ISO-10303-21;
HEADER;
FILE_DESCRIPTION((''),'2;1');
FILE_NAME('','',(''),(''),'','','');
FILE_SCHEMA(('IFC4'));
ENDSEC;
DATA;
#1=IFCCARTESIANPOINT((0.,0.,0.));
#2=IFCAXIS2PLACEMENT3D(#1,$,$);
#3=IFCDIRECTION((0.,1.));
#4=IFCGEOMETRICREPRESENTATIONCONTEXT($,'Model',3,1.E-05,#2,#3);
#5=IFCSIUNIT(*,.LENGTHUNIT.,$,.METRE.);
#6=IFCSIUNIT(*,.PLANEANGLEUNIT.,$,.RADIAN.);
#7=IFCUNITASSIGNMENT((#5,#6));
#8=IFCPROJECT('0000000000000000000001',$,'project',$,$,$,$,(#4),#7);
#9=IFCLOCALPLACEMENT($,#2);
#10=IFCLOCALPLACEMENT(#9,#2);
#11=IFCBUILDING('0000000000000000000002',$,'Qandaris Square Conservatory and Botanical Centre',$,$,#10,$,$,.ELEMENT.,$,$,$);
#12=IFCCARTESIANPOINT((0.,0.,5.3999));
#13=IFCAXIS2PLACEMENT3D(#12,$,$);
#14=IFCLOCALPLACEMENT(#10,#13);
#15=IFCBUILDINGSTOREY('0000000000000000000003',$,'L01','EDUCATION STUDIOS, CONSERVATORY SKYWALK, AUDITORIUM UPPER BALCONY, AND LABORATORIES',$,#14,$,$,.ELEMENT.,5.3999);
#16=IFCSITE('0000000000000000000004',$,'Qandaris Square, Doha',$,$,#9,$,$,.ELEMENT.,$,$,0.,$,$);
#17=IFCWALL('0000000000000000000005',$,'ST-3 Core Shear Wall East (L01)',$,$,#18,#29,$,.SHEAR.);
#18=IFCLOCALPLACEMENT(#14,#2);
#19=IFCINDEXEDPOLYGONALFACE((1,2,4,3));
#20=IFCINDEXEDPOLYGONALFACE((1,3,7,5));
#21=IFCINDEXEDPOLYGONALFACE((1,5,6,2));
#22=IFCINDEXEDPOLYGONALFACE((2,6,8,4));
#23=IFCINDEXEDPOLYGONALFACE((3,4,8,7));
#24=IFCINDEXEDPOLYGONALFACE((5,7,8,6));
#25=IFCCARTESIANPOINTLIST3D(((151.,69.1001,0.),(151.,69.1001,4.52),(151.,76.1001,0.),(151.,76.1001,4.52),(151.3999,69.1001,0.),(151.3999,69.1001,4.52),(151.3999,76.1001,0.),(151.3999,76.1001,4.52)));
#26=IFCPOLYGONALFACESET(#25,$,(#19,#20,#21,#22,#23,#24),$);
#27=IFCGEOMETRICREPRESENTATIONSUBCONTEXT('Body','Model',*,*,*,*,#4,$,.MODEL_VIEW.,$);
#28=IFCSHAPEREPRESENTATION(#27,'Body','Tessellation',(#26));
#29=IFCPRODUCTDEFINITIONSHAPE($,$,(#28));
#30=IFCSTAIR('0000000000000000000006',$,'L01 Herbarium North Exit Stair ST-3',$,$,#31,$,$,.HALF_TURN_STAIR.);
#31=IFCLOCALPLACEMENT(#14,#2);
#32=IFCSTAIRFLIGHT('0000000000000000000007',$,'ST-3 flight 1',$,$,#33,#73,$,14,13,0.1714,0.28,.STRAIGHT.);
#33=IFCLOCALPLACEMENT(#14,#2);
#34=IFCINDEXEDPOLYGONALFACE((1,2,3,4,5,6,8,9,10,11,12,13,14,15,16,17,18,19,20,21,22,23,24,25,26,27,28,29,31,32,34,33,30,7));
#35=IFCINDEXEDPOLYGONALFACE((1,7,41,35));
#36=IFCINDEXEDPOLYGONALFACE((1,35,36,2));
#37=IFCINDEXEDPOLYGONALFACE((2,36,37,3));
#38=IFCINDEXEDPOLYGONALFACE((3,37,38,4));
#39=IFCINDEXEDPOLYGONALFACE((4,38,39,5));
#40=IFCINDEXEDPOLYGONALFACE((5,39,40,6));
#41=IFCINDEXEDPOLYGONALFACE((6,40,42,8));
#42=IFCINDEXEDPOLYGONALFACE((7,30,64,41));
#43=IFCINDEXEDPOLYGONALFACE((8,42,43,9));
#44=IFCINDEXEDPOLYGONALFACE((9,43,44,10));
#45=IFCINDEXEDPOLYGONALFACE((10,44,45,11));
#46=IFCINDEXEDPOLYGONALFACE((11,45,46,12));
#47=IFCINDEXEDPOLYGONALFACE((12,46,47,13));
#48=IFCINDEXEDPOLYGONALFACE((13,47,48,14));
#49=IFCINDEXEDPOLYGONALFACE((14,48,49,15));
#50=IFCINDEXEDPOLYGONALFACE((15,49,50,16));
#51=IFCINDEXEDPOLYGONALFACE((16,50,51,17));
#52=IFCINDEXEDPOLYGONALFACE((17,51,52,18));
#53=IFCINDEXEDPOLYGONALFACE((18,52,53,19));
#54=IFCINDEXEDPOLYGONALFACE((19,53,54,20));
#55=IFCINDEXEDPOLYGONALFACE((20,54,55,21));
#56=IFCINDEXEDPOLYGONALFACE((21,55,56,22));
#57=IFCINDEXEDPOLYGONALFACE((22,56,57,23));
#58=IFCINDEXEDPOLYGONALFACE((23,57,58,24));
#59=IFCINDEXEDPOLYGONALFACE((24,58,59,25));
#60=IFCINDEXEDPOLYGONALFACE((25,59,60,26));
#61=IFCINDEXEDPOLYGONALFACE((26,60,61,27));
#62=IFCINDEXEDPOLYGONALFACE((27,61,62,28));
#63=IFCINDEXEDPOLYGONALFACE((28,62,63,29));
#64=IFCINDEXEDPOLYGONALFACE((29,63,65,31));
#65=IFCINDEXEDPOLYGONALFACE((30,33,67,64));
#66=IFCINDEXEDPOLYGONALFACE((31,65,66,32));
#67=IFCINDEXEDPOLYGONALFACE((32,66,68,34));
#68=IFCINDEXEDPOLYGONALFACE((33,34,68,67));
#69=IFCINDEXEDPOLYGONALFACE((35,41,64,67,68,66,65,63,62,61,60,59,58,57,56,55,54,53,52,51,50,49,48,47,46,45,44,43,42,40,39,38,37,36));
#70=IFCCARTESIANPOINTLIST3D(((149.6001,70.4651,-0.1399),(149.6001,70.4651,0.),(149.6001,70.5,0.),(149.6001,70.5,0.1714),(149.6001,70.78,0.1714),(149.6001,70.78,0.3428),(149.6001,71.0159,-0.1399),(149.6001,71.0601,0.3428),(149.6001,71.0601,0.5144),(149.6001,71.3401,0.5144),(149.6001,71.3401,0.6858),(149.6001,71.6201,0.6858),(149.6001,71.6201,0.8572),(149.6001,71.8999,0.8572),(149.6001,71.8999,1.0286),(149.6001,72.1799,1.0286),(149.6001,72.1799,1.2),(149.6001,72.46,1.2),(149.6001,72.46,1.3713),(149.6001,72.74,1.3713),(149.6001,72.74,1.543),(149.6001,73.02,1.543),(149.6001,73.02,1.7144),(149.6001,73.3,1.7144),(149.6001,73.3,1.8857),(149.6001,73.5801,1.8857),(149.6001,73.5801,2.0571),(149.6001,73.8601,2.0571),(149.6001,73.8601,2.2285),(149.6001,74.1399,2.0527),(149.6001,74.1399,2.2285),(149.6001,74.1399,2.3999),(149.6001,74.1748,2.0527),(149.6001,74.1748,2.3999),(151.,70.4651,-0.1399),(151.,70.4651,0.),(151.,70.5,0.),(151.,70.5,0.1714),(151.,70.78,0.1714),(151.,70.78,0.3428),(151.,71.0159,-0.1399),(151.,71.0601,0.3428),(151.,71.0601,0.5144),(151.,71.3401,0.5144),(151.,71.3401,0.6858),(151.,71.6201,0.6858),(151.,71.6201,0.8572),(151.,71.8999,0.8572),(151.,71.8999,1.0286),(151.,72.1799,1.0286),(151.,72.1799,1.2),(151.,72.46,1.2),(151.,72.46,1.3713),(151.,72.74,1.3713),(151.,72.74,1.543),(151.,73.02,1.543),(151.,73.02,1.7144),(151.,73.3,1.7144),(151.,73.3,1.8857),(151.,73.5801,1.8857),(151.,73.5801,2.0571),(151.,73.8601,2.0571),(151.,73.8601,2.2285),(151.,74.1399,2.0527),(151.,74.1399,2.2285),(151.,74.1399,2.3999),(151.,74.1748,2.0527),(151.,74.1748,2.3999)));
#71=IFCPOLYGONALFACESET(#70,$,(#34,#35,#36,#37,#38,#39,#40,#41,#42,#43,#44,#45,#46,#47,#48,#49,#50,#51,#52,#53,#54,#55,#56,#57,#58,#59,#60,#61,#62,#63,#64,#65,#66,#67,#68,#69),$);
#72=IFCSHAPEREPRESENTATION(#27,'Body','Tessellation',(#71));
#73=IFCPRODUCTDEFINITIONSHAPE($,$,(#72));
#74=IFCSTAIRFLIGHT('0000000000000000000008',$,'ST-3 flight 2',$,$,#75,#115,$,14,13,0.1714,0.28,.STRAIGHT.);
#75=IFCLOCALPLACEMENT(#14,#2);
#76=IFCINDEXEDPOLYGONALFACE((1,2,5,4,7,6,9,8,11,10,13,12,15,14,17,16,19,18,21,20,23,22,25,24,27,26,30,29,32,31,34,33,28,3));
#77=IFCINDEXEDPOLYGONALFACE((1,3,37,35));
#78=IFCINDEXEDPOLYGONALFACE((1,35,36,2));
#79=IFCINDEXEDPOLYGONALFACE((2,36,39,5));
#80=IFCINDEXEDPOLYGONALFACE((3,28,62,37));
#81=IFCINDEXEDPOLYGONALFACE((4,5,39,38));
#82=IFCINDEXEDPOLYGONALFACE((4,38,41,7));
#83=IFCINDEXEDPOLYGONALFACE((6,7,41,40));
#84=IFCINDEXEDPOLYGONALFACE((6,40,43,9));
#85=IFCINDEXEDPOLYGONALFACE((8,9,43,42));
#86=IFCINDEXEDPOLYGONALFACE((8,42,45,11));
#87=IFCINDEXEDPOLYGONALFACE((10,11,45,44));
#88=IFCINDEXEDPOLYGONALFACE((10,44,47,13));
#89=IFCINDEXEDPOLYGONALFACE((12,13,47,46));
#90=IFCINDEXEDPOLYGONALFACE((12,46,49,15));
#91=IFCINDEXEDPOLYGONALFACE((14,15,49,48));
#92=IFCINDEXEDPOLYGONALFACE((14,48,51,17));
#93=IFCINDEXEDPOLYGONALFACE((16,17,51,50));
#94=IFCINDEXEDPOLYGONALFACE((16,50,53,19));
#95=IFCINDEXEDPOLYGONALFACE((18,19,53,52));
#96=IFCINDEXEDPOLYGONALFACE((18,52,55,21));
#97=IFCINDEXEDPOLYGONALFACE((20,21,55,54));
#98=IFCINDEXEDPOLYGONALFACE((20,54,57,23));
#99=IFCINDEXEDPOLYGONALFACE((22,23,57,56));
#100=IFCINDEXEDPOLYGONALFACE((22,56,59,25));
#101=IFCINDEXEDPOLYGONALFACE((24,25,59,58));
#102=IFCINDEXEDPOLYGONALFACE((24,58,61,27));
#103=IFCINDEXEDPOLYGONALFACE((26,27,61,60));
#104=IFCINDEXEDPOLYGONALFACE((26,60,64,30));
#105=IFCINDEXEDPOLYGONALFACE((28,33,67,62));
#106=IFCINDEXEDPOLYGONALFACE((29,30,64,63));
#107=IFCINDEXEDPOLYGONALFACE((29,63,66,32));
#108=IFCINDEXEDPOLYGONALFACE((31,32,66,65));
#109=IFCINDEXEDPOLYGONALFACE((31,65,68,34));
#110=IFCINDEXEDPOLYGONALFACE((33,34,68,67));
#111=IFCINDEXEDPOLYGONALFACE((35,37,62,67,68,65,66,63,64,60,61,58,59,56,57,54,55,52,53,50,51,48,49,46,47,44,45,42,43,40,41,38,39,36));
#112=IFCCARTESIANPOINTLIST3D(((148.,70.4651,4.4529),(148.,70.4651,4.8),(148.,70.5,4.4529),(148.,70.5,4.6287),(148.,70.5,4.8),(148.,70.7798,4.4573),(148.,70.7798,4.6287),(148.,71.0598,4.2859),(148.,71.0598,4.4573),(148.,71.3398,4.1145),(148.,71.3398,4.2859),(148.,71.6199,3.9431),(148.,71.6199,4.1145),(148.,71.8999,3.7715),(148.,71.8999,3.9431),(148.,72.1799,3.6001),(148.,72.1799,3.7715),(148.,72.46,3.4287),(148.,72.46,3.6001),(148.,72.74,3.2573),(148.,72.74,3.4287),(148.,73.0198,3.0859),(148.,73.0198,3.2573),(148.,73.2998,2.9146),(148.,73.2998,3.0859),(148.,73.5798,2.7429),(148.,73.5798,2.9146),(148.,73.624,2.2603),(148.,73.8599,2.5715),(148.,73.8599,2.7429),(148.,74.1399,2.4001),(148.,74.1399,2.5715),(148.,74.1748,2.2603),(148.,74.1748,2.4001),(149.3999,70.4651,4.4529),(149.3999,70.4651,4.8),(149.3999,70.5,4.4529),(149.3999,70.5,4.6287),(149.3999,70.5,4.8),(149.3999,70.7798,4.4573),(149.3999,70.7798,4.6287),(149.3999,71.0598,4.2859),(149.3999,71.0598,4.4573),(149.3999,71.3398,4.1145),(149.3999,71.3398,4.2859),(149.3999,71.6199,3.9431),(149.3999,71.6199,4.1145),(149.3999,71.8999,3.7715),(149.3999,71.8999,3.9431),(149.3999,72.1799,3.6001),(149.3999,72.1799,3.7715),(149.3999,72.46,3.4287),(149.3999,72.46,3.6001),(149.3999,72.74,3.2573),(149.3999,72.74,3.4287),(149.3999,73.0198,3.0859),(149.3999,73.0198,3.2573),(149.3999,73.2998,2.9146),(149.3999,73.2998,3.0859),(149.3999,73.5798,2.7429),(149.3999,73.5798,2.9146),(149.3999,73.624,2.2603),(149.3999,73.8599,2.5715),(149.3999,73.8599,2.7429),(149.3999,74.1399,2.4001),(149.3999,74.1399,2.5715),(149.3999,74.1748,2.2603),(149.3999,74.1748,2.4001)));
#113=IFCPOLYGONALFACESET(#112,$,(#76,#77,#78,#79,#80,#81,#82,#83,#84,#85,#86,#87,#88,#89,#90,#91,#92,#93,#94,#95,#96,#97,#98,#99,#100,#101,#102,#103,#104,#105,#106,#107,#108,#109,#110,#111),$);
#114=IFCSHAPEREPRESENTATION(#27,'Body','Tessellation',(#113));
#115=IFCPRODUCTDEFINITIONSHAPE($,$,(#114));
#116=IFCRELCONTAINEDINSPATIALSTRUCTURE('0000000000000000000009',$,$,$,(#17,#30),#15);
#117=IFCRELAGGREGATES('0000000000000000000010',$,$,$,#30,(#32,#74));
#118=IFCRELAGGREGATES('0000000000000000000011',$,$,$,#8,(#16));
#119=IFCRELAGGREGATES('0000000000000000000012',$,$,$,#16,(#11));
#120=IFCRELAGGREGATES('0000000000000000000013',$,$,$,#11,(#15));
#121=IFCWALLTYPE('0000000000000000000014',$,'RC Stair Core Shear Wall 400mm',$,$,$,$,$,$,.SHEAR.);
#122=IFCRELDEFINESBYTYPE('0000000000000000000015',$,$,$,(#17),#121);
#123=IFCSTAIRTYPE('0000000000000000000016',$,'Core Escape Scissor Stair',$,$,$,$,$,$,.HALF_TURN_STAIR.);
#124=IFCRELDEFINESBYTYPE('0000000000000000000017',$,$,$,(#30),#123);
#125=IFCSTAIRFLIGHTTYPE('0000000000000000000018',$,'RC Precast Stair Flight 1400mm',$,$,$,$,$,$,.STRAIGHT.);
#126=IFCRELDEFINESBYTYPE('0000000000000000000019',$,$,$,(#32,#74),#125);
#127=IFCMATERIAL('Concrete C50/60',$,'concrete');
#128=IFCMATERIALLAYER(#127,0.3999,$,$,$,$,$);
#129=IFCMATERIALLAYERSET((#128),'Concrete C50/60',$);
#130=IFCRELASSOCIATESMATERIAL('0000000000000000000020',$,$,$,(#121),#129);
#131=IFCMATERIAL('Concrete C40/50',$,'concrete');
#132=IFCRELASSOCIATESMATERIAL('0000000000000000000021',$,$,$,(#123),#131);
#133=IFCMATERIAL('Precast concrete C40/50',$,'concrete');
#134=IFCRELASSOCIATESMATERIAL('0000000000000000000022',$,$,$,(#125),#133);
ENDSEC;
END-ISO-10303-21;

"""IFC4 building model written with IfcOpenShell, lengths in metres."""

from ifc_helpers import new_model, si_unit, direction, frame, frame_2d, origin, place, context, subcontext, project, spatial, polyline, rectangle, outline, extrude, material, layer, layer_set, type_object, element, aggregate, save


model = new_model("IFC4")

# Units and contexts
model_context = context("Model", 3, precision=1e-05, world=origin(), true_north=direction((0.0, 1.0)))
body_context = subcontext(model_context, "Body", "Model", "MODEL_VIEW")
ifc_project = project(units=[si_unit("LENGTHUNIT", "METRE"), si_unit("PLANEANGLEUNIT", "RADIAN")], contexts=[model_context])

# Site, building, storey
site_placement = place(None, origin())
site = spatial("IfcSite", under=ifc_project, at=site_placement, Name="Qandaris Square, Doha", CompositionType="ELEMENT", RefElevation=0.0)
building_placement = place(site_placement, origin())
building = spatial("IfcBuilding", under=site, at=building_placement, Name="Qandaris Square Conservatory and Botanical Centre", CompositionType="ELEMENT")
storey_placement = place(building_placement, frame((0.0, 0.0, 5.3999)))
storey = spatial("IfcBuildingStorey", under=building, at=storey_placement, Name="L01", Description="EDUCATION STUDIOS, CONSERVATORY SKYWALK, AUDITORIUM UPPER BALCONY, AND LABORATORIES", CompositionType="ELEMENT", Elevation=5.3999)

# Shared definitions
ifc_material_1 = material(Name="Concrete C50/60", Category="concrete")

# Shared definitions
ifc_material_2 = material(Name="Concrete C40/50", Category="concrete")

# Shared definitions
ifc_layer_1 = layer(ifc_material_1, 0.3999)
ifc_layer_set_1 = layer_set([ifc_layer_1], Name="Concrete C50/60")
wall_type_1 = type_object("IfcWallType", Name="RC Stair Core Shear Wall 400mm", PredefinedType="SHEAR", material=ifc_layer_set_1)

# Wall
for number, where, z_axis, x_axis, name in (
    (1, (151.2, 69.1001, 0.0), (0.0, 0.0, 1.0), (0.0, 1.0, 0.0), "ST-3 Core Shear Wall East (L01)"),
):
    element("IfcWall", number, at=place(storey_placement, frame(where, z_axis=z_axis, x_axis=x_axis)), inside=storey, type_object=wall_type_1, Name=name, PredefinedType="SHEAR", context=body_context, shape_type="SweptSolid", body=[
        extrude(rectangle(XDim=7.0, YDim=0.3999, at=frame_2d((3.5, 0.0))), origin(), (0.0, 0.0, 1.0), 4.52),
    ])

# Stair, stair flights
stair_type = type_object("IfcStairType", Name="Core Escape Scissor Stair", PredefinedType="HALF_TURN_STAIR", material=ifc_material_2)
stair_placement = place(storey_placement, origin())
stair = element("IfcStair", 2, at=stair_placement, inside=storey, type_object=stair_type, Name="L01 Herbarium North Exit Stair ST-3", PredefinedType="HALF_TURN_STAIR")
ifc_material_3 = material(Name="Precast concrete C40/50", Category="concrete")
stair_flight_type = type_object("IfcStairFlightType", Name="RC Precast Stair Flight 1400mm", PredefinedType="STRAIGHT", material=ifc_material_3)
stair_flight_1_placement = place(storey_placement, frame((150.3, 70.5, 0.0), z_axis=(0.0, 0.0, 1.0), x_axis=(0.0, 1.0, 0.0)))
stair_flight_1 = element("IfcStairFlight", 3, at=stair_flight_1_placement, type_object=stair_flight_type, Name="ST-3 flight 1", NumberOfRisers=14, NumberOfTreads=13, PredefinedType="STRAIGHT", RiserHeight=0.1714, TreadLength=0.28, context=body_context, shape_type="SweptSolid", body=[
    extrude(outline(polyline([(-0.0349, 0.0), (0.0, 0.0), (0.0, 0.1714), (0.28, 0.1714), (0.28, 0.3428), (0.5601, 0.3428), (0.5601, 0.5144), (0.8401, 0.5144), (0.8401, 0.6858), (1.1201, 0.6858), (1.1201, 0.8572), (1.3999, 0.8572), (1.3999, 1.0286), (1.6799, 1.0286), (1.6799, 1.2), (1.96, 1.2), (1.96, 1.3713), (2.24, 1.3713), (2.24, 1.543), (2.52, 1.543), (2.52, 1.7144), (2.8, 1.7144), (2.8, 1.8857), (3.0801, 1.8857), (3.0801, 2.0571), (3.3601, 2.0571), (3.3601, 2.2285), (3.6399, 2.2285), (3.6399, 2.3999), (3.6748, 2.3999), (3.6748, 2.0527), (3.6399, 2.0527), (0.5159, -0.1399), (-0.0349, -0.1399), (-0.0349, 0.0)])), frame((0.0, 0.7, 0.0), z_axis=(0.0, -1.0, 0.0), x_axis=(1.0, 0.0, 0.0)), (0.0, 0.0, 1.0), 1.3999),
])
stair_flight_2_placement = place(storey_placement, frame((148.7, 74.1399, 2.4001), z_axis=(0.0, 0.0, 1.0), x_axis=(0.0, -1.0, 0.0)))
stair_flight_2 = element("IfcStairFlight", 4, at=stair_flight_2_placement, type_object=stair_flight_type, Name="ST-3 flight 2", NumberOfRisers=14, NumberOfTreads=13, PredefinedType="STRAIGHT", RiserHeight=0.1714, TreadLength=0.28, context=body_context, shape_type="SweptSolid", body=[
    extrude(outline(polyline([(-0.0349, 0.0), (0.0, 0.0), (0.0, 0.1714), (0.28, 0.1714), (0.28, 0.3428), (0.5601, 0.3428), (0.5601, 0.5144), (0.8401, 0.5144), (0.8401, 0.6858), (1.1201, 0.6858), (1.1201, 0.8572), (1.3999, 0.8572), (1.3999, 1.0286), (1.6799, 1.0286), (1.6799, 1.2), (1.96, 1.2), (1.96, 1.3713), (2.24, 1.3713), (2.24, 1.543), (2.52, 1.543), (2.52, 1.7144), (2.8, 1.7144), (2.8, 1.8857), (3.0801, 1.8857), (3.0801, 2.0571), (3.3601, 2.0571), (3.3601, 2.2285), (3.6399, 2.2285), (3.6399, 2.3999), (3.6748, 2.3999), (3.6748, 2.0527), (3.6399, 2.0527), (0.5159, -0.1399), (-0.0349, -0.1399), (-0.0349, 0.0)])), frame((0.0, 0.7, 0.0), z_axis=(0.0, -1.0, 0.0), x_axis=(1.0, 0.0, 0.0)), (0.0, 0.0, 1.0), 1.3999),
])
aggregate(stair, [stair_flight_1, stair_flight_2])

save(model, "model.ifc")
